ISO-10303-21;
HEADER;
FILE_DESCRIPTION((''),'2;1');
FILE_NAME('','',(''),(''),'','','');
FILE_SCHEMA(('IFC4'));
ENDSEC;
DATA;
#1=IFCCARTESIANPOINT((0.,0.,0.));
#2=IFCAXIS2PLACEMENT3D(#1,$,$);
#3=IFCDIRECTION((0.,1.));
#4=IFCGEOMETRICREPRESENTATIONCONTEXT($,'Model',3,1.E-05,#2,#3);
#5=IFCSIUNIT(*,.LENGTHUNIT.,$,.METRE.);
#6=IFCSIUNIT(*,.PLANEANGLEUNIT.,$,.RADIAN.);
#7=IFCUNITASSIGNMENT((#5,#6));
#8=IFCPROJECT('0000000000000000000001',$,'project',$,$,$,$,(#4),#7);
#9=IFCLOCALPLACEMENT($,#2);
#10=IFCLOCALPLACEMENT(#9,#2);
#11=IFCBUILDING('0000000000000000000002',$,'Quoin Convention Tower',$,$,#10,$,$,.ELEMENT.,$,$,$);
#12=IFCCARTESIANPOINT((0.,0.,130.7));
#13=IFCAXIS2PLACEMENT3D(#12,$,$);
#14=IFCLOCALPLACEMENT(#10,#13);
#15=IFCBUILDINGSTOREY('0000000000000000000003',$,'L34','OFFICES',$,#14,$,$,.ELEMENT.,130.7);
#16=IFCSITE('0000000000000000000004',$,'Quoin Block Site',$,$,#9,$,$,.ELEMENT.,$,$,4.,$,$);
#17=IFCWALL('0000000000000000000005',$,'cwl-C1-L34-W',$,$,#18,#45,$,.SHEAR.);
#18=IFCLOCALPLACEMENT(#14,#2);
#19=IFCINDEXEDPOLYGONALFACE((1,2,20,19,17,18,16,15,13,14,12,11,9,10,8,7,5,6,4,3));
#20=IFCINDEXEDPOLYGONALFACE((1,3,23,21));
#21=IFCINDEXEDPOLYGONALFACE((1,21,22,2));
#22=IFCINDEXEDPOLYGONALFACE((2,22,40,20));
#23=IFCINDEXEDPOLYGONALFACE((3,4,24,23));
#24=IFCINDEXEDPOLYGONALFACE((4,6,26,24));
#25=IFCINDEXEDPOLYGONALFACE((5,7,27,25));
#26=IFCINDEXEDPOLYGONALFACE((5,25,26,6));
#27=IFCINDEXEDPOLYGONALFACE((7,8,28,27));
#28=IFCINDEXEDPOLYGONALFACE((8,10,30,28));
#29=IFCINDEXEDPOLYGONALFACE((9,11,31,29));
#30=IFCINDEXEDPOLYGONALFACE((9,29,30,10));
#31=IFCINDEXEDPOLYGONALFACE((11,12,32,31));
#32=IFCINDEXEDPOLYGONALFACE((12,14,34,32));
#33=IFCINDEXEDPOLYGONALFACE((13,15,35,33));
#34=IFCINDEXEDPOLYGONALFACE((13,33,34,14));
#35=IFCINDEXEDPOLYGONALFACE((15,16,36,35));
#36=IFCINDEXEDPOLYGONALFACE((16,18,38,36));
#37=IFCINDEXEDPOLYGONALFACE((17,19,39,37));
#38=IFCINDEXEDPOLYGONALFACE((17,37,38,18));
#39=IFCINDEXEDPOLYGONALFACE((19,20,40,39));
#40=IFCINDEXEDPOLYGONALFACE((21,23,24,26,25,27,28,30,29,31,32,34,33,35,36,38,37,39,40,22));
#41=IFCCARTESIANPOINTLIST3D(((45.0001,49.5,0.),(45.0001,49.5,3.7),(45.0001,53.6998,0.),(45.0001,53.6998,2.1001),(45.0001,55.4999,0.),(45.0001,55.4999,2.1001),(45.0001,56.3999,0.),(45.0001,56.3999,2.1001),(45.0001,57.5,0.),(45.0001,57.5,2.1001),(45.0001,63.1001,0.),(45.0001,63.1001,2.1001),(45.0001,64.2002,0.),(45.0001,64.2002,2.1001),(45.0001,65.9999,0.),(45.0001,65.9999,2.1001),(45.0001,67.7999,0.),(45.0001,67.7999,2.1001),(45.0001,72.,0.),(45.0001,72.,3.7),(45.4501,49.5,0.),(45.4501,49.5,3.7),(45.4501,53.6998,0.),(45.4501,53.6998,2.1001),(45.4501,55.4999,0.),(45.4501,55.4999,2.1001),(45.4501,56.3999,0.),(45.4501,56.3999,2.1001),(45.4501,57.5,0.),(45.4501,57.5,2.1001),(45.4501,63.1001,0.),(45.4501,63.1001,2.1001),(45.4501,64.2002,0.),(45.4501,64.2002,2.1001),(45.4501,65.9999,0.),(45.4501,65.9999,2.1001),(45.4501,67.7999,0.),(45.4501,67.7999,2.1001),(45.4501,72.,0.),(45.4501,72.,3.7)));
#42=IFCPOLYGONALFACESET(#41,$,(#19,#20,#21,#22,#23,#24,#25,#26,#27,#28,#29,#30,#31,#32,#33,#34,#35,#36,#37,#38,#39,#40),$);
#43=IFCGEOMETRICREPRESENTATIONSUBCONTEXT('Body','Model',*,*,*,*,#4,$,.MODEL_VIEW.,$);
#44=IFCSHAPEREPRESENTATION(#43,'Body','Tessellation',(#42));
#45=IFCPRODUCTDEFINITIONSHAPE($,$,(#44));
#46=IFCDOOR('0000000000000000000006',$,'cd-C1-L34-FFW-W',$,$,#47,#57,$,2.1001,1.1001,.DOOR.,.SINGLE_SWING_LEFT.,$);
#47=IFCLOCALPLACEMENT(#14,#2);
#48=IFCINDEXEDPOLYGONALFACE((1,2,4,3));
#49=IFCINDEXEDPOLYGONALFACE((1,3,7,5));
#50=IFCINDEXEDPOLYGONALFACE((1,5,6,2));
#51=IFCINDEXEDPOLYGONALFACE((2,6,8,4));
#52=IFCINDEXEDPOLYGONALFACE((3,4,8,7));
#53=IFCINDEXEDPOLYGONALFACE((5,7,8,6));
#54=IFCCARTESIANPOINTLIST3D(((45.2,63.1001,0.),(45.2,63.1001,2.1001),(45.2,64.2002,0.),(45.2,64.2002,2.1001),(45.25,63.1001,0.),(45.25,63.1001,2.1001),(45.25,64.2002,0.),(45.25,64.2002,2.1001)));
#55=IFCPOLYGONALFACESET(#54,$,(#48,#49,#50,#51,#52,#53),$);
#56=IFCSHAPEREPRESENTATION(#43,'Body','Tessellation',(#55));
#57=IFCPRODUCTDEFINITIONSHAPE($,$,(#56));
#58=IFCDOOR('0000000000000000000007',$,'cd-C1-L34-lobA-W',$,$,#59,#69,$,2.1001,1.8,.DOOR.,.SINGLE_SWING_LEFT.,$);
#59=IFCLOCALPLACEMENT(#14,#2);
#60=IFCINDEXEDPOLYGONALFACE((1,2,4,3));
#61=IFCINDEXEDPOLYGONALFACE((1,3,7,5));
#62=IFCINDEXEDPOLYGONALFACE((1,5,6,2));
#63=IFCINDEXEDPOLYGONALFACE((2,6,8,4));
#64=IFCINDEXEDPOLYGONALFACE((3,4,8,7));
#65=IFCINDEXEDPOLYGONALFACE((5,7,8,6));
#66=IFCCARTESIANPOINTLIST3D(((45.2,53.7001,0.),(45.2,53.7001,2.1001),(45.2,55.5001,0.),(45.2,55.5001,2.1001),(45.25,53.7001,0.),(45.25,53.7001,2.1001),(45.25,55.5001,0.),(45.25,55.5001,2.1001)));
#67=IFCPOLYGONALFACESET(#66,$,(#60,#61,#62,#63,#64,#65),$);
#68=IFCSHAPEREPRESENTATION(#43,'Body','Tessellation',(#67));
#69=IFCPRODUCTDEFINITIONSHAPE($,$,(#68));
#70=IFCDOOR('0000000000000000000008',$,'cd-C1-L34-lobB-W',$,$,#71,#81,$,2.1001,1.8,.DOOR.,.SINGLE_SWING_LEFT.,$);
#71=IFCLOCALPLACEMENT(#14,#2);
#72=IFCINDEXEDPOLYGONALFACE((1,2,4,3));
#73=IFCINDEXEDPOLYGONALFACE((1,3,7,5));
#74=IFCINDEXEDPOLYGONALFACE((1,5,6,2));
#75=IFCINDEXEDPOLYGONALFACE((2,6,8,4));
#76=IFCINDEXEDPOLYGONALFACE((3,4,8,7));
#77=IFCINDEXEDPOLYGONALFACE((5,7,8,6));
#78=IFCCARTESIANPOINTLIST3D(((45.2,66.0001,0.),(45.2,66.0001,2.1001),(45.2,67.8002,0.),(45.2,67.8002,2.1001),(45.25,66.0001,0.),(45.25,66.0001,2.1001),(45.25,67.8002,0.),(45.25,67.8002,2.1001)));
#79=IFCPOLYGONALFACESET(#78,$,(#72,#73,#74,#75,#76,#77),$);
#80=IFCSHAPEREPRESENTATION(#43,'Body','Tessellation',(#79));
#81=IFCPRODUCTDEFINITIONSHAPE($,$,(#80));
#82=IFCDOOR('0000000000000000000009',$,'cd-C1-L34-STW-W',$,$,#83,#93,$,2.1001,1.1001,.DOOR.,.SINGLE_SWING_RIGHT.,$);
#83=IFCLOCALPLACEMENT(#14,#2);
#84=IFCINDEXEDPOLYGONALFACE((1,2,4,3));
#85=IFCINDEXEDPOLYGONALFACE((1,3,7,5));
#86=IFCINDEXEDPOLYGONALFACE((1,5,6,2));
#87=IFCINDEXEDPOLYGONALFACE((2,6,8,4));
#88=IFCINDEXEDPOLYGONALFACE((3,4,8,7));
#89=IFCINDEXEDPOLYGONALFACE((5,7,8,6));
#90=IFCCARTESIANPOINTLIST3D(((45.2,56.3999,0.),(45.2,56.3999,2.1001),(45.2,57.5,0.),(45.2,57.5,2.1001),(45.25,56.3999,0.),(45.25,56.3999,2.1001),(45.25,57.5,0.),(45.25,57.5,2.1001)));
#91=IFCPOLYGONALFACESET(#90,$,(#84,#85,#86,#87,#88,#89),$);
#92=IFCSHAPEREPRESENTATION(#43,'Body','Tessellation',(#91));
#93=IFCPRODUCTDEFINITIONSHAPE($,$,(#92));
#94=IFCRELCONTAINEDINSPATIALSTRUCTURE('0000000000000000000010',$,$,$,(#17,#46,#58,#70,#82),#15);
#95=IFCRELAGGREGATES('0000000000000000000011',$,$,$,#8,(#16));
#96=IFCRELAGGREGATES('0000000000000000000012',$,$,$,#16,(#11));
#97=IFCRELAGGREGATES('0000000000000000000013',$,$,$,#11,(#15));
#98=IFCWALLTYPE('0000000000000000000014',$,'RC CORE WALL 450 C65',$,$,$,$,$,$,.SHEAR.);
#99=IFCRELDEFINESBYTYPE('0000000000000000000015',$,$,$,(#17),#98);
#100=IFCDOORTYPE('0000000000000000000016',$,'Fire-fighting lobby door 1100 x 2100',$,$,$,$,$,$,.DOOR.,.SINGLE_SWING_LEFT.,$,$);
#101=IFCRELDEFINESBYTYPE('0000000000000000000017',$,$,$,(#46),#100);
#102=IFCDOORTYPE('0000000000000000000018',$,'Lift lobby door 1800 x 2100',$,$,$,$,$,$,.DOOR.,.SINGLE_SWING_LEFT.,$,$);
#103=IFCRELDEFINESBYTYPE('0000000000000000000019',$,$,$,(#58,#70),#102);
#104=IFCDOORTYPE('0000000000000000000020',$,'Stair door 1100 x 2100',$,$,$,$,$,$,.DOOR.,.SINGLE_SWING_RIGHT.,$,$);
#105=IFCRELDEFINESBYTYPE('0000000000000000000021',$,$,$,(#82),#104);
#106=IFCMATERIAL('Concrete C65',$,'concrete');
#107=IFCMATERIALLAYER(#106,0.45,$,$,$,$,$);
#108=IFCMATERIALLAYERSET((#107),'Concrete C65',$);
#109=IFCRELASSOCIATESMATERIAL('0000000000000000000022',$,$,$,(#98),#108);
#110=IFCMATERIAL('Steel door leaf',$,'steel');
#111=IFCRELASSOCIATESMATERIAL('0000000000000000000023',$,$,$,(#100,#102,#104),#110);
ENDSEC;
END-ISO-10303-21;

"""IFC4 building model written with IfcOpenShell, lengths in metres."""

from ifc_helpers import new_model, si_unit, direction, frame, frame_2d, origin, place, context, subcontext, project, spatial, rectangle, extrude, material, layer, layer_set, type_object, element, fill, save


model = new_model("IFC4")

# Units and contexts
model_context = context("Model", 3, precision=1e-05, world=origin(), true_north=direction((0.0, 1.0)))
body_context = subcontext(model_context, "Body", "Model", "MODEL_VIEW")
ifc_project = project(units=[si_unit("LENGTHUNIT", "METRE"), si_unit("PLANEANGLEUNIT", "RADIAN")], contexts=[model_context])

# Site, building, storey
site_placement = place(None, origin())
site = spatial("IfcSite", under=ifc_project, at=site_placement, Name="Quoin Block Site", CompositionType="ELEMENT", RefElevation=4.0)
building_placement = place(site_placement, origin())
building = spatial("IfcBuilding", under=site, at=building_placement, Name="Quoin Convention Tower", CompositionType="ELEMENT")
storey_placement = place(building_placement, frame((0.0, 0.0, 130.7)))
storey = spatial("IfcBuildingStorey", under=building, at=storey_placement, Name="L34", Description="OFFICES", CompositionType="ELEMENT", Elevation=130.7)

# Shared definitions
ifc_material_1 = material(Name="Steel door leaf", Category="steel")

# Shared definitions
ifc_material_2 = material(Name="Concrete C65", Category="concrete")
ifc_layer_1 = layer(ifc_material_2, 0.45)
ifc_layer_set_1 = layer_set([ifc_layer_1], Name="Concrete C65")
wall_type_1 = type_object("IfcWallType", Name="RC CORE WALL 450 C65", PredefinedType="SHEAR", material=ifc_layer_set_1)

# Wall, openings, doors
wall_1_placement = place(storey_placement, frame((45.2251, 49.5, 0.0), z_axis=(0.0, 0.0, 1.0), x_axis=(0.0, 1.0, 0.0)))
wall_1 = element("IfcWall", 1, at=wall_1_placement, inside=storey, type_object=wall_type_1, Name="cwl-C1-L34-W", PredefinedType="SHEAR", context=body_context, shape_type="SweptSolid", body=[
    extrude(rectangle(XDim=22.5, YDim=0.45, at=frame_2d((11.25, 0.0))), origin(), (0.0, 0.0, 1.0), 3.7),
])
opening_1_placement = place(wall_1_placement, frame((4.2, 0.0, 0.0)))
opening_1 = element("IfcOpeningElement", 2, at=opening_1_placement, cuts=wall_1, PredefinedType="OPENING", context=body_context, shape_type="SweptSolid", body=[
    extrude(rectangle(XDim=1.8, YDim=2.1001, at=frame_2d((0.8999, 1.05))), frame((0.0, 0.2349, 0.0), z_axis=(0.0, -1.0, 0.0), x_axis=(1.0, 0.0, 0.0)), (0.0, 0.0, 1.0), 0.47),
])
opening_2_placement = place(wall_1_placement, frame((6.8999, 0.0, 0.0)))
opening_2 = element("IfcOpeningElement", 3, at=opening_2_placement, cuts=wall_1, PredefinedType="OPENING", context=body_context, shape_type="SweptSolid", body=[
    extrude(rectangle(XDim=1.1001, YDim=2.1001, at=frame_2d((0.55, 1.05))), frame((0.0, 0.2349, 0.0), z_axis=(0.0, -1.0, 0.0), x_axis=(1.0, 0.0, 0.0)), (0.0, 0.0, 1.0), 0.47),
])
opening_3_placement = place(wall_1_placement, frame((13.6001, 0.0, 0.0)))
opening_3 = element("IfcOpeningElement", 4, at=opening_3_placement, cuts=wall_1, PredefinedType="OPENING", context=body_context, shape_type="SweptSolid", body=[
    extrude(rectangle(XDim=1.1001, YDim=2.1001, at=frame_2d((0.55, 1.05))), frame((0.0, 0.2349, 0.0), z_axis=(0.0, -1.0, 0.0), x_axis=(1.0, 0.0, 0.0)), (0.0, 0.0, 1.0), 0.47),
])
opening_4_placement = place(wall_1_placement, frame((16.5, 0.0, 0.0)))
opening_4 = element("IfcOpeningElement", 5, at=opening_4_placement, cuts=wall_1, PredefinedType="OPENING", context=body_context, shape_type="SweptSolid", body=[
    extrude(rectangle(XDim=1.8, YDim=2.1001, at=frame_2d((0.8999, 1.05))), frame((0.0, 0.2349, 0.0), z_axis=(0.0, -1.0, 0.0), x_axis=(1.0, 0.0, 0.0)), (0.0, 0.0, 1.0), 0.47),
])
door_type_1 = type_object("IfcDoorType", Name="Fire-fighting lobby door 1100 x 2100", OperationType="SINGLE_SWING_LEFT", PredefinedType="DOOR", material=ifc_material_1)
door_1_placement = place(opening_3_placement, frame((1.1001, 0.0, 0.0), z_axis=(0.0, 0.0, 1.0), x_axis=(-1.0, 0.0, 0.0)))
door_1 = element("IfcDoor", 6, at=door_1_placement, inside=storey, type_object=door_type_1, Name="cd-C1-L34-FFW-W", OperationType="SINGLE_SWING_LEFT", OverallHeight=2.1001, OverallWidth=1.1001, PredefinedType="DOOR", context=body_context, shape_type="SweptSolid", body=[
    extrude(rectangle(XDim=1.1001, YDim=2.1001, at=frame_2d((0.55, 1.05))), frame((0.0, 0.0249, 0.0), z_axis=(0.0, -1.0, 0.0), x_axis=(1.0, 0.0, 0.0)), (0.0, 0.0, 1.0), 0.05),
])
fill(opening_3, door_1)
door_type_2 = type_object("IfcDoorType", Name="Lift lobby door 1800 x 2100", OperationType="SINGLE_SWING_LEFT", PredefinedType="DOOR", material=ifc_material_1)
door_2_placement = place(opening_1_placement, frame((1.8, 0.0, 0.0), z_axis=(0.0, 0.0, 1.0), x_axis=(-1.0, 0.0, 0.0)))
door_2 = element("IfcDoor", 7, at=door_2_placement, inside=storey, type_object=door_type_2, Name="cd-C1-L34-lobA-W", OperationType="SINGLE_SWING_LEFT", OverallHeight=2.1001, OverallWidth=1.8, PredefinedType="DOOR", context=body_context, shape_type="SweptSolid", body=[
    extrude(rectangle(XDim=1.8, YDim=2.1001, at=frame_2d((0.8999, 1.05))), frame((0.0, 0.0249, 0.0), z_axis=(0.0, -1.0, 0.0), x_axis=(1.0, 0.0, 0.0)), (0.0, 0.0, 1.0), 0.05),
])
fill(opening_1, door_2)
door_3_placement = place(opening_4_placement, frame((1.8, 0.0, 0.0), z_axis=(0.0, 0.0, 1.0), x_axis=(-1.0, 0.0, 0.0)))
door_3 = element("IfcDoor", 8, at=door_3_placement, inside=storey, type_object=door_type_2, Name="cd-C1-L34-lobB-W", OperationType="SINGLE_SWING_LEFT", OverallHeight=2.1001, OverallWidth=1.8, PredefinedType="DOOR", context=body_context, shape_type="SweptSolid", body=[
    extrude(rectangle(XDim=1.8, YDim=2.1001, at=frame_2d((0.8999, 1.05))), frame((0.0, 0.0249, 0.0), z_axis=(0.0, -1.0, 0.0), x_axis=(1.0, 0.0, 0.0)), (0.0, 0.0, 1.0), 0.05),
])
fill(opening_4, door_3)
door_type_3 = type_object("IfcDoorType", Name="Stair door 1100 x 2100", OperationType="SINGLE_SWING_RIGHT", PredefinedType="DOOR", material=ifc_material_1)
door_4_placement = place(opening_2_placement, frame((1.1001, 0.0, 0.0), z_axis=(0.0, 0.0, 1.0), x_axis=(-1.0, 0.0, 0.0)))
door_4 = element("IfcDoor", 9, at=door_4_placement, inside=storey, type_object=door_type_3, Name="cd-C1-L34-STW-W", OperationType="SINGLE_SWING_RIGHT", OverallHeight=2.1001, OverallWidth=1.1001, PredefinedType="DOOR", context=body_context, shape_type="SweptSolid", body=[
    extrude(rectangle(XDim=1.1001, YDim=2.1001, at=frame_2d((0.55, 1.05))), frame((0.0, 0.0249, 0.0), z_axis=(0.0, -1.0, 0.0), x_axis=(1.0, 0.0, 0.0)), (0.0, 0.0, 1.0), 0.05),
])
fill(opening_2, door_4)

save(model, "model.ifc")
